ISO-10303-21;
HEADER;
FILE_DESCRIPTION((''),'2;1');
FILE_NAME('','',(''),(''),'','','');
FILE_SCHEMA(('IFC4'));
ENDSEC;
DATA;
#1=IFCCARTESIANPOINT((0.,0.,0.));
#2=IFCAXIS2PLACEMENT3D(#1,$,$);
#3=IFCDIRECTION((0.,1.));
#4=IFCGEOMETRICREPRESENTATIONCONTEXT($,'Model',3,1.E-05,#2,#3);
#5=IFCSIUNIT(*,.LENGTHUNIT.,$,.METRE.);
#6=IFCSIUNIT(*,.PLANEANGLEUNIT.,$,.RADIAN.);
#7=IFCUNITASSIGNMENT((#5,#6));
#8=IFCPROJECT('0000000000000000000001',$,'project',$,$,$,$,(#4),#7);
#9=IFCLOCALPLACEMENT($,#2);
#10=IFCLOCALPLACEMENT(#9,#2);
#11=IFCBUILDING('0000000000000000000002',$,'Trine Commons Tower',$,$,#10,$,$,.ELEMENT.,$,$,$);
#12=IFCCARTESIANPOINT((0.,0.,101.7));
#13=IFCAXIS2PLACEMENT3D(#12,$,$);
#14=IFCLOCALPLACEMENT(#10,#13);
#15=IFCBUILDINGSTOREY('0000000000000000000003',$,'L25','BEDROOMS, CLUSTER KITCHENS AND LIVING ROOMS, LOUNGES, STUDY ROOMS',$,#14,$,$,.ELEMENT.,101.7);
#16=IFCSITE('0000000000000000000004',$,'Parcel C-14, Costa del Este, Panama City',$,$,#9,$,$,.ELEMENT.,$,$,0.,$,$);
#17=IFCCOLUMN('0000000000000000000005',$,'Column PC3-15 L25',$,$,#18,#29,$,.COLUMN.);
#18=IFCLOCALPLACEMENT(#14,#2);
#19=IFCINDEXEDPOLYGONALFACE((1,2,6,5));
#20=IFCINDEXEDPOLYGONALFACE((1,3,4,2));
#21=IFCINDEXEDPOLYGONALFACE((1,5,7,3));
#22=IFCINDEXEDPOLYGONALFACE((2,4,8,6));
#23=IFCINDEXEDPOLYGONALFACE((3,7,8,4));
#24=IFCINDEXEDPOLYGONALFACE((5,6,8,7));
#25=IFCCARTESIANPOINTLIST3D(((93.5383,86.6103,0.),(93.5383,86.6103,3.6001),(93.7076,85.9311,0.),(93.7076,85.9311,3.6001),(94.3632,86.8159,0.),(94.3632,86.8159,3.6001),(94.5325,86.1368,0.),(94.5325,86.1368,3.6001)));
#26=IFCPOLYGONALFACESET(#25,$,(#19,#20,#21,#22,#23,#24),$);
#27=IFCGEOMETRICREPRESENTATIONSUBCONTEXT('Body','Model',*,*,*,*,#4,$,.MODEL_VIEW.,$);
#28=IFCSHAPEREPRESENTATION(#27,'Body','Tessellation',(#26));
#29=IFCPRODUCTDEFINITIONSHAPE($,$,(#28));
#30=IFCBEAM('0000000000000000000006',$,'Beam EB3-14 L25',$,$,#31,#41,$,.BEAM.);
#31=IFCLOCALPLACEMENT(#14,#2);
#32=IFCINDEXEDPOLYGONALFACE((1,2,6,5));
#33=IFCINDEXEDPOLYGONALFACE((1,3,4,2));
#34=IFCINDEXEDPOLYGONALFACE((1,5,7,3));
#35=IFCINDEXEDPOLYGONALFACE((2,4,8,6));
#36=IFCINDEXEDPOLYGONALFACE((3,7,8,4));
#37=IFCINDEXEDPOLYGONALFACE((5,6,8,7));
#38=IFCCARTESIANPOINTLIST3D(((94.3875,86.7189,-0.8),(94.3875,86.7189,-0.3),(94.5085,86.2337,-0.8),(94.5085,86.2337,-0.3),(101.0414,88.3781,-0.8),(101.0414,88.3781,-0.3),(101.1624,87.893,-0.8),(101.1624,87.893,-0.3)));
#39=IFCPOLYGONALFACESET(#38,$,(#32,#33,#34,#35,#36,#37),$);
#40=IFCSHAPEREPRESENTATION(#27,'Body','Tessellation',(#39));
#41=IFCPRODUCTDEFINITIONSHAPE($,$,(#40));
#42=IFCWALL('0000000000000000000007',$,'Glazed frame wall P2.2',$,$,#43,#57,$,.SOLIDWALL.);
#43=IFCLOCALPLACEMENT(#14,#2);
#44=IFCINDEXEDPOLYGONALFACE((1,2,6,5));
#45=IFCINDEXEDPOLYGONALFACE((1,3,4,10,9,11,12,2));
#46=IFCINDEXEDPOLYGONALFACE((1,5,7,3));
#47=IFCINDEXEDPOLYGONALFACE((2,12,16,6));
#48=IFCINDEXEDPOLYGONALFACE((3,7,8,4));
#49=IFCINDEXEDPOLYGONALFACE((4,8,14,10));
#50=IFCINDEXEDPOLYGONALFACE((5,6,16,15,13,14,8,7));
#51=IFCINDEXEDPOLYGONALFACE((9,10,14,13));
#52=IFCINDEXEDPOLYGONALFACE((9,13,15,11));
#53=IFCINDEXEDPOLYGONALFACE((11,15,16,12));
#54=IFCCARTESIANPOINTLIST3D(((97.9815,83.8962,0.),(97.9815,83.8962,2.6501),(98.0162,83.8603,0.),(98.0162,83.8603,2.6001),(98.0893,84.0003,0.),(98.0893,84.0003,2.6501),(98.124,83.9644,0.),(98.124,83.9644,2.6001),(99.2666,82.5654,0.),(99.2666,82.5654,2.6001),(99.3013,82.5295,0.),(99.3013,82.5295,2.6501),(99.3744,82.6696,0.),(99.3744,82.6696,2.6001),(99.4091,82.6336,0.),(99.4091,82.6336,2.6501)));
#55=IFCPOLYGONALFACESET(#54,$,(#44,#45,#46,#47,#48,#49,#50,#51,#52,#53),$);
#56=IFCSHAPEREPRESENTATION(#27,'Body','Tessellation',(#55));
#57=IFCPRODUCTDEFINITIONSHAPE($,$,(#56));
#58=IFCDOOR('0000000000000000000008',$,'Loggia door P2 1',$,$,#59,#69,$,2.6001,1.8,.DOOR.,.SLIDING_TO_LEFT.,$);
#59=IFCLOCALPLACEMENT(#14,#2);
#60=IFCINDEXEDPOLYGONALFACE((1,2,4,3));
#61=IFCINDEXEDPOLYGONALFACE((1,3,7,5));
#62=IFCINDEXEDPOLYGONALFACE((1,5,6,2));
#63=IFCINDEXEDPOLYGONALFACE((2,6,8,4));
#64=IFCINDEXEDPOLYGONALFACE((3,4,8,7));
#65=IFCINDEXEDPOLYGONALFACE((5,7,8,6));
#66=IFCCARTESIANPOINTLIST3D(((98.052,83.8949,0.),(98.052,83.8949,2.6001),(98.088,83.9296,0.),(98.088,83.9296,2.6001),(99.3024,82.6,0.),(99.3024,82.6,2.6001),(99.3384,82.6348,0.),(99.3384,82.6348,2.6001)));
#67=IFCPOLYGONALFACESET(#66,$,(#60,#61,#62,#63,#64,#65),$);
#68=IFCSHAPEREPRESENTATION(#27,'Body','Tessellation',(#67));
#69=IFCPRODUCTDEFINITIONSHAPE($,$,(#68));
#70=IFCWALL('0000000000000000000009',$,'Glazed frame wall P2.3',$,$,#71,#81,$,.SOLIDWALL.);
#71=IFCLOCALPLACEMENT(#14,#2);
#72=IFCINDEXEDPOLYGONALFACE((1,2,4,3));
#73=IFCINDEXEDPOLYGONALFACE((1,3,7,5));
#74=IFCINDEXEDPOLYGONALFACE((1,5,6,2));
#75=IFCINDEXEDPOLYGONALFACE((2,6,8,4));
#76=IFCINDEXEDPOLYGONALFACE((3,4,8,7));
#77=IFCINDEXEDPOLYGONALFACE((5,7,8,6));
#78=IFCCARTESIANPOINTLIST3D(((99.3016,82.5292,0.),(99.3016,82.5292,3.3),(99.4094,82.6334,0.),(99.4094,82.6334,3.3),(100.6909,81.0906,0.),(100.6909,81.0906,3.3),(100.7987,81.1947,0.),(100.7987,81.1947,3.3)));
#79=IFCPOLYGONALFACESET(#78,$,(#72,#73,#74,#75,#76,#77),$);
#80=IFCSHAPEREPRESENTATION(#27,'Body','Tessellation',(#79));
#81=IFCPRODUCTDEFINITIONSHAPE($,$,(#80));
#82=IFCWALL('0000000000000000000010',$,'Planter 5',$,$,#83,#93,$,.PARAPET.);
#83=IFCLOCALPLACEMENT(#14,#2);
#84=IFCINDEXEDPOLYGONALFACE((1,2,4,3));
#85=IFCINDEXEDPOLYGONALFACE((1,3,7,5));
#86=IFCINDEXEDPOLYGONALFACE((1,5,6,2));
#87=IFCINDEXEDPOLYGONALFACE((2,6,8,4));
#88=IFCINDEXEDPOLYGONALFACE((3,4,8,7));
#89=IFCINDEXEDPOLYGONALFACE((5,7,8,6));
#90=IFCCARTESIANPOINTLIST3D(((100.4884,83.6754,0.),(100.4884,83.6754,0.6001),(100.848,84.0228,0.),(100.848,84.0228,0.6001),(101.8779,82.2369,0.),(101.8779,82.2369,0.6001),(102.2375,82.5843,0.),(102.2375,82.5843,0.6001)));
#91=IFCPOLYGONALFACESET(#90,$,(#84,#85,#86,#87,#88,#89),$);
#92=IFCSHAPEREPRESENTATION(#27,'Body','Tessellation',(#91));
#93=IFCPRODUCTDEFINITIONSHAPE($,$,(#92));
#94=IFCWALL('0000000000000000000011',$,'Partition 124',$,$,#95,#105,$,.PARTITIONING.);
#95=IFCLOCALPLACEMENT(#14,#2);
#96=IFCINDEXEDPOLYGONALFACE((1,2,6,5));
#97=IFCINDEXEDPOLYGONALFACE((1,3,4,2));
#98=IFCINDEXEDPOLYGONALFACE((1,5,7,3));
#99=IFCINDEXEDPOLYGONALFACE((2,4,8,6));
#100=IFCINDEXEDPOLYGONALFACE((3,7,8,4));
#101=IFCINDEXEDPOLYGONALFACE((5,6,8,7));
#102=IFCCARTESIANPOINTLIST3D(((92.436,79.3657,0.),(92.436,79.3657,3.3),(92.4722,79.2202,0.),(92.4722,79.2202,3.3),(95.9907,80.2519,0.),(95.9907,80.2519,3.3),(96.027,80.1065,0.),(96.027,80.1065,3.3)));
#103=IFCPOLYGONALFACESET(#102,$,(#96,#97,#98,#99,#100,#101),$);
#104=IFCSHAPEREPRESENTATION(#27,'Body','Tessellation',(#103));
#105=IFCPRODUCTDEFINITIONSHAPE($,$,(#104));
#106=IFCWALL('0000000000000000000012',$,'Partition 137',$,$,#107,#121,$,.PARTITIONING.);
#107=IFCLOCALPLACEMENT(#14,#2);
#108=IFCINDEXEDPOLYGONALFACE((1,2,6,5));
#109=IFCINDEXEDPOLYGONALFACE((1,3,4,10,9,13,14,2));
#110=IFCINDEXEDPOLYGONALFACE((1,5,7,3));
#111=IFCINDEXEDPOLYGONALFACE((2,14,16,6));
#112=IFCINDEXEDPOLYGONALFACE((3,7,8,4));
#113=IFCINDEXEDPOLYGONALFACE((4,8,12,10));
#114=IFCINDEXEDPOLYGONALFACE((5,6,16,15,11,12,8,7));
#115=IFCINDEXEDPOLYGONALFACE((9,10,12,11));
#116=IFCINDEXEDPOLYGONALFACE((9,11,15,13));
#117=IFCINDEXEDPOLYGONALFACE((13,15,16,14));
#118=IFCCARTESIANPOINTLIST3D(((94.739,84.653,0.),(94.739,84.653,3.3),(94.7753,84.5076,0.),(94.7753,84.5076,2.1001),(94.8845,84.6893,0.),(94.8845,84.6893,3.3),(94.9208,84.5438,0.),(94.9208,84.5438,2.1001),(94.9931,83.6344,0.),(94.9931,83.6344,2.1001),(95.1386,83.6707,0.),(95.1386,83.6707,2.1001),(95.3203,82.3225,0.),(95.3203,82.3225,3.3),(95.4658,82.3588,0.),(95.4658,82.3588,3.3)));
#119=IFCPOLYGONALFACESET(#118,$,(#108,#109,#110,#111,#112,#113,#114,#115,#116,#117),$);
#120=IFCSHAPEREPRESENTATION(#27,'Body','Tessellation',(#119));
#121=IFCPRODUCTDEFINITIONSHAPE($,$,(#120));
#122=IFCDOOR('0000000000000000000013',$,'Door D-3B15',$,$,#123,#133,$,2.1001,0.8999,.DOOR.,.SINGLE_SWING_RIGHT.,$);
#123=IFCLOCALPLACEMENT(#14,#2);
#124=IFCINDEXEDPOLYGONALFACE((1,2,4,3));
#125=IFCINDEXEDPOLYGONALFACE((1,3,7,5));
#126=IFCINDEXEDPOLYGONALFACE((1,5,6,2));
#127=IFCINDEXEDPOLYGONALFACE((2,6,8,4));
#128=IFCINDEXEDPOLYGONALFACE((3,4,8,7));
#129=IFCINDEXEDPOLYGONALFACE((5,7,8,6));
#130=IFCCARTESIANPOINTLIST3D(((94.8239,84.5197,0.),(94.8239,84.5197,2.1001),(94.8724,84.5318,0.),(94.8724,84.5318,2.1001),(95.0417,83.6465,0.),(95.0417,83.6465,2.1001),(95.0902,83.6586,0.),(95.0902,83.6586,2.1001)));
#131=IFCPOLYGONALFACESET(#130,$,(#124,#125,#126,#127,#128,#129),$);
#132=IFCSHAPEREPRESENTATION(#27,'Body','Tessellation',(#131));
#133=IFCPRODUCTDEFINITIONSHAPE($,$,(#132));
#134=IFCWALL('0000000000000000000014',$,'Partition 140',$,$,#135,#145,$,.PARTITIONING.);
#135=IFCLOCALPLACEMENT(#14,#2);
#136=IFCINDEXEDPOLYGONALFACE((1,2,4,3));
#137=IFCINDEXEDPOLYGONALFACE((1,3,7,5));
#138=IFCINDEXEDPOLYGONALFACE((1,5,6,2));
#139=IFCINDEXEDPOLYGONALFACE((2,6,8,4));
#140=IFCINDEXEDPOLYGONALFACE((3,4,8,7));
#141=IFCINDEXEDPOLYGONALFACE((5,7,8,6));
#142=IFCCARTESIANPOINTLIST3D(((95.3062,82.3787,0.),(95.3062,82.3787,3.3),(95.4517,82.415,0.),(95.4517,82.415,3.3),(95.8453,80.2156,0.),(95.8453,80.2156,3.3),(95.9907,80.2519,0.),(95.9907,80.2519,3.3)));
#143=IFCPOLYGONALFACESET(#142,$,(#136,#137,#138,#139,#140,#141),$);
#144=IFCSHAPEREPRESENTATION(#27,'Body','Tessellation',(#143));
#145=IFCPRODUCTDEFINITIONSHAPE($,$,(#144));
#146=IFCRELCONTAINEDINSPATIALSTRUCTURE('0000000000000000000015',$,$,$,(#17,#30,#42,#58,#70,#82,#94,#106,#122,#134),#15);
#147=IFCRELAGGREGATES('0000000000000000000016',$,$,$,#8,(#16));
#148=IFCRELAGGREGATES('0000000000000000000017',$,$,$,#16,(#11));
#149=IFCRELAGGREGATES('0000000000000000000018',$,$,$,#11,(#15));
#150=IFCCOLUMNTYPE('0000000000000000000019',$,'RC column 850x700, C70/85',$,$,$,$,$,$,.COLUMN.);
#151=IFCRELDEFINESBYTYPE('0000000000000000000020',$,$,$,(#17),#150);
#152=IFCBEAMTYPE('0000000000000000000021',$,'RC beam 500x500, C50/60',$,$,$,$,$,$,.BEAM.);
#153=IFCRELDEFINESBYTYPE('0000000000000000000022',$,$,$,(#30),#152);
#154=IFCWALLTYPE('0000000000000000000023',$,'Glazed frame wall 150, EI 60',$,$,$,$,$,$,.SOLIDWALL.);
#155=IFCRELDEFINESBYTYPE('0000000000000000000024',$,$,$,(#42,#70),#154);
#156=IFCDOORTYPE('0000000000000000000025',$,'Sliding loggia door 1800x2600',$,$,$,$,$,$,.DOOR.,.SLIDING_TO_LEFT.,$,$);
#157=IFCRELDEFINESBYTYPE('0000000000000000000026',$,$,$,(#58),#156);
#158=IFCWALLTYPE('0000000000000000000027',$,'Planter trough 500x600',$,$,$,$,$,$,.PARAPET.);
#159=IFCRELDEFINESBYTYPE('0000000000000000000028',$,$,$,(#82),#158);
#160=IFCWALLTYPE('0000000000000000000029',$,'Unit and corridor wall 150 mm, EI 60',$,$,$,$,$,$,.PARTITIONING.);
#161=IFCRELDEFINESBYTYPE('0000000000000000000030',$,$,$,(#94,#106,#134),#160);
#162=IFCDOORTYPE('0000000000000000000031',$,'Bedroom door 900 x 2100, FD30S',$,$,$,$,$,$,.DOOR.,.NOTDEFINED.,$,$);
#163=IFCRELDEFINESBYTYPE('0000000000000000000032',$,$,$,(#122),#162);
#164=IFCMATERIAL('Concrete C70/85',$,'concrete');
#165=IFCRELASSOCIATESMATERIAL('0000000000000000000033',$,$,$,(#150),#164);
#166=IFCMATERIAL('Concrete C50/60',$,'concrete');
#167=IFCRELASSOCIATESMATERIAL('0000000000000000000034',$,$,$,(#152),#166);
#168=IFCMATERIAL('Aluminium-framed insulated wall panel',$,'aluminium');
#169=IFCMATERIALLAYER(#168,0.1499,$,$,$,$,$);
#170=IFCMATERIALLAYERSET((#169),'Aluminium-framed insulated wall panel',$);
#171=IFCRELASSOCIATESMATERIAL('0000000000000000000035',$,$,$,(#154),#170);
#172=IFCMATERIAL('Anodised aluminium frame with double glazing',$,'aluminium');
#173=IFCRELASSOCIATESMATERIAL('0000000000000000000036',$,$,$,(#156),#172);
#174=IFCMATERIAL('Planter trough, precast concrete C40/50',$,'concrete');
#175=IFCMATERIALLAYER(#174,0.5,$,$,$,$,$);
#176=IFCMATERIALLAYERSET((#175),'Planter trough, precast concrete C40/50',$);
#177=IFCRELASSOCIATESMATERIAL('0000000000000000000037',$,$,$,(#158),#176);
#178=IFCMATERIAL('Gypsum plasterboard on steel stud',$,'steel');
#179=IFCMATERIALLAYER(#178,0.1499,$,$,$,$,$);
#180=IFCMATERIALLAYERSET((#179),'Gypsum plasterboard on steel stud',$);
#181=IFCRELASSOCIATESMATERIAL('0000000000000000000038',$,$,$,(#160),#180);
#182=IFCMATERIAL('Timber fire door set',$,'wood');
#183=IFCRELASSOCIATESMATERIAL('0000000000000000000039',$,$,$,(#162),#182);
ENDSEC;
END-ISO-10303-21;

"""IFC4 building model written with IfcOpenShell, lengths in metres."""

from ifc_helpers import new_model, si_unit, direction, frame, frame_2d, origin, origin_2d, place, context, subcontext, project, spatial, polyline, rectangle, outline, extrude, material, layer, layer_set, material_profile, profile_set, type_object, element, fill, save


model = new_model("IFC4")

# Units and contexts
model_context = context("Model", 3, precision=1e-05, world=origin(), true_north=direction((0.0, 1.0)))
body_context = subcontext(model_context, "Body", "Model", "MODEL_VIEW")
ifc_project = project(units=[si_unit("LENGTHUNIT", "METRE"), si_unit("PLANEANGLEUNIT", "RADIAN")], contexts=[model_context])

# Site, building, storey
site_placement = place(None, origin())
site = spatial("IfcSite", under=ifc_project, at=site_placement, Name="Parcel C-14, Costa del Este, Panama City", CompositionType="ELEMENT", RefElevation=0.0)
building_placement = place(site_placement, origin())
building = spatial("IfcBuilding", under=site, at=building_placement, Name="Trine Commons Tower", CompositionType="ELEMENT")
storey_placement = place(building_placement, frame((0.0, 0.0, 101.7)))
storey = spatial("IfcBuildingStorey", under=building, at=storey_placement, Name="L25", Description="BEDROOMS, CLUSTER KITCHENS AND LIVING ROOMS, LOUNGES, STUDY ROOMS", CompositionType="ELEMENT", Elevation=101.7)

# Column
ifc_material_1 = material(Name="Concrete C70/85", Category="concrete")
ifc_material_profile_1 = material_profile(ifc_material_1, rectangle(XDim=0.8501, YDim=0.7, at=origin_2d()), Name="RC 850x700")
ifc_profile_set_1 = profile_set([ifc_material_profile_1], Name="Concrete C70/85")
column_type = type_object("IfcColumnType", Name="RC column 850x700, C70/85", PredefinedType="COLUMN", material=ifc_profile_set_1)
column_placement = place(storey_placement, frame((94.0354, 86.3735, 0.0), z_axis=(0.0, 0.0, 1.0), x_axis=(0.970296, 0.241922, 0.0)))
element("IfcColumn", 1, at=column_placement, inside=storey, type_object=column_type, Name="Column PC3-15 L25", PredefinedType="COLUMN", context=body_context, shape_type="SweptSolid", body=[
    extrude(rectangle(XDim=0.8501, YDim=0.7, at=origin_2d()), origin(), (0.0, 0.0, 1.0), 3.6001),
])

# Beam
ifc_material_2 = material(Name="Concrete C50/60", Category="concrete")
ifc_material_profile_2 = material_profile(ifc_material_2, rectangle(XDim=0.5, YDim=0.5, at=origin_2d()), Name="RC 500x500")
ifc_profile_set_2 = profile_set([ifc_material_profile_2], Name="Concrete C50/60")
beam_type = type_object("IfcBeamType", Name="RC beam 500x500, C50/60", PredefinedType="BEAM", material=ifc_profile_set_2)
beam_placement = place(storey_placement, frame((94.448, 86.4763, -0.55), z_axis=(0.970289, 0.241949, 0.0), x_axis=(-0.241949, 0.970289, 0.0)))
element("IfcBeam", 2, at=beam_placement, inside=storey, type_object=beam_type, Name="Beam EB3-14 L25", PredefinedType="BEAM", context=body_context, shape_type="SweptSolid", body=[
    extrude(rectangle(XDim=0.5, YDim=0.5, at=origin_2d()), origin(), (0.0, 0.0, 1.0), 6.8577),
])

# Shared definitions
ifc_material_3 = material(Name="Aluminium-framed insulated wall panel", Category="aluminium")
ifc_layer_1 = layer(ifc_material_3, 0.1499)
ifc_layer_set_1 = layer_set([ifc_layer_1], Name="Aluminium-framed insulated wall panel")
wall_type_1 = type_object("IfcWallType", Name="Glazed frame wall 150, EI 60", PredefinedType="SOLIDWALL", material=ifc_layer_set_1)

# Wall, opening, door
wall_1_placement = place(storey_placement, frame((98.0354, 83.9482, 0.0), z_axis=(0.0, 0.0, 1.0), x_axis=(0.694666, -0.719333, 0.0)))
wall_1 = element("IfcWall", 3, at=wall_1_placement, inside=storey, type_object=wall_type_1, Name="Glazed frame wall P2.2", PredefinedType="SOLIDWALL", context=body_context, shape_type="SweptSolid", body=[
    extrude(outline(polyline([(0.0, -0.075), (1.8999, -0.075), (1.8999, 0.075), (0.0, 0.075), (0.0, -0.075)])), origin(), (0.0, 0.0, 1.0), 2.6501),
])
opening_1_placement = place(wall_1_placement, frame((0.05, 0.0, 0.0)))
opening_1 = element("IfcOpeningElement", 4, at=opening_1_placement, cuts=wall_1, PredefinedType="OPENING", context=body_context, shape_type="SweptSolid", body=[
    extrude(rectangle(XDim=1.8, YDim=2.6001, at=frame_2d((0.8999, 1.3))), frame((0.0, 0.085, 0.0), z_axis=(0.0, -1.0, 0.0), x_axis=(1.0, 0.0, 0.0)), (0.0, 0.0, 1.0), 0.1699),
])
ifc_material_4 = material(Name="Anodised aluminium frame with double glazing", Category="aluminium")
door_type_1 = type_object("IfcDoorType", Name="Sliding loggia door 1800x2600", OperationType="SLIDING_TO_LEFT", PredefinedType="DOOR", material=ifc_material_4)
door_1_placement = place(opening_1_placement, origin())
door_1 = element("IfcDoor", 5, at=door_1_placement, inside=storey, type_object=door_type_1, Name="Loggia door P2 1", OperationType="SLIDING_TO_LEFT", OverallHeight=2.6001, OverallWidth=1.8, PredefinedType="DOOR", context=body_context, shape_type="SweptSolid", body=[
    extrude(rectangle(XDim=1.8, YDim=2.6001, at=frame_2d((0.8999, 1.3))), frame((0.0, 0.0249, 0.0), z_axis=(0.0, -1.0, 0.0), x_axis=(1.0, 0.0, 0.0)), (0.0, 0.0, 1.0), 0.05),
])
fill(opening_1, door_1)

# Walls
wall_2_placement = place(storey_placement, frame((99.3555, 82.5813, 0.0), z_axis=(0.0, 0.0, 1.0), x_axis=(0.694669, -0.71933, 0.0)))
element("IfcWall", 6, at=wall_2_placement, inside=storey, type_object=wall_type_1, Name="Glazed frame wall P2.3", PredefinedType="SOLIDWALL", context=body_context, shape_type="SweptSolid", body=[
    extrude(outline(polyline([(0.0, -0.075), (2.0, -0.075), (2.0, 0.075), (0.0, 0.075), (0.0, -0.075)])), origin(), (0.0, 0.0, 1.0), 3.3),
])
ifc_material_5 = material(Name="Planter trough, precast concrete C40/50", Category="concrete")
ifc_layer_2 = layer(ifc_material_5, 0.5)
ifc_layer_set_2 = layer_set([ifc_layer_2], Name="Planter trough, precast concrete C40/50")
wall_type_2 = type_object("IfcWallType", Name="Planter trough 500x600", PredefinedType="PARAPET", material=ifc_layer_set_2)
wall_3_placement = place(storey_placement, frame((100.6682, 83.8491, 0.0), z_axis=(0.0, 0.0, 1.0), x_axis=(0.694732, -0.719269, 0.0)))
element("IfcWall", 7, at=wall_3_placement, inside=storey, type_object=wall_type_2, Name="Planter 5", PredefinedType="PARAPET", context=body_context, shape_type="SweptSolid", body=[
    extrude(rectangle(XDim=2.0, YDim=0.5, at=frame_2d((1.0, 0.0))), origin(), (0.0, 0.0, 1.0), 0.6001),
])
ifc_material_6 = material(Name="Gypsum plasterboard on steel stud", Category="steel")
ifc_layer_3 = layer(ifc_material_6, 0.1499)
ifc_layer_set_3 = layer_set([ifc_layer_3], Name="Gypsum plasterboard on steel stud")
wall_type_3 = type_object("IfcWallType", Name="Unit and corridor wall 150 mm, EI 60", PredefinedType="PARTITIONING", material=ifc_layer_set_3)
wall_4_placement = place(storey_placement, frame((92.4541, 79.293, 0.0), z_axis=(0.0, 0.0, 1.0), x_axis=(0.970299, 0.241908, 0.0)))
element("IfcWall", 8, at=wall_4_placement, inside=storey, type_object=wall_type_3, Name="Partition 124", PredefinedType="PARTITIONING", context=body_context, shape_type="SweptSolid", body=[
    extrude(rectangle(XDim=3.6636, YDim=0.1499, at=frame_2d((1.8318, 0.0))), origin(), (0.0, 0.0, 1.0), 3.3),
])

# Wall, opening, door
wall_5_placement = place(storey_placement, frame((94.8118, 84.6711, 0.0), z_axis=(0.0, 0.0, 1.0), x_axis=(0.242009, -0.970274, 0.0)))
wall_5 = element("IfcWall", 9, at=wall_5_placement, inside=storey, type_object=wall_type_3, Name="Partition 137", PredefinedType="PARTITIONING", context=body_context, shape_type="SweptSolid", body=[
    extrude(rectangle(XDim=2.4019, YDim=0.1499, at=frame_2d((1.2009, 0.0))), origin(), (0.0, 0.0, 1.0), 3.3),
])
opening_2_placement = place(wall_5_placement, frame((0.1499, 0.0, 0.0)))
opening_2 = element("IfcOpeningElement", 10, at=opening_2_placement, cuts=wall_5, PredefinedType="OPENING", context=body_context, shape_type="SweptSolid", body=[
    extrude(rectangle(XDim=0.8999, YDim=2.1001, at=frame_2d((0.45, 1.05))), frame((0.0, 0.085, 0.0), z_axis=(0.0, -1.0, 0.0), x_axis=(1.0, 0.0, 0.0)), (0.0, 0.0, 1.0), 0.1699),
])
ifc_material_7 = material(Name="Timber fire door set", Category="wood")
door_type_2 = type_object("IfcDoorType", Name="Bedroom door 900 x 2100, FD30S", OperationType="NOTDEFINED", PredefinedType="DOOR", material=ifc_material_7)
door_2_placement = place(opening_2_placement, frame((0.8999, 0.0, 0.0), z_axis=(0.0, 0.0, 1.0), x_axis=(-1.0, 0.0, 0.0)))
door_2 = element("IfcDoor", 11, at=door_2_placement, inside=storey, type_object=door_type_2, Name="Door D-3B15", OperationType="SINGLE_SWING_RIGHT", OverallHeight=2.1001, OverallWidth=0.8999, PredefinedType="DOOR", context=body_context, shape_type="SweptSolid", body=[
    extrude(rectangle(XDim=0.8999, YDim=2.1001, at=frame_2d((0.45, 1.05))), frame((0.0, 0.0249, 0.0), z_axis=(0.0, -1.0, 0.0), x_axis=(1.0, 0.0, 0.0)), (0.0, 0.0, 1.0), 0.05),
])
fill(opening_2, door_2)

# Wall
wall_6_placement = place(storey_placement, frame((95.3789, 82.397, 0.0), z_axis=(0.0, 0.0, 1.0), x_axis=(0.241814, -0.970323, 0.0)))
element("IfcWall", 12, at=wall_6_placement, inside=storey, type_object=wall_type_3, Name="Partition 140", PredefinedType="PARTITIONING", context=body_context, shape_type="SweptSolid", body=[
    extrude(rectangle(XDim=2.2292, YDim=0.1499, at=frame_2d((1.1147, 0.0))), origin(), (0.0, 0.0, 1.0), 3.3),
])

save(model, "model.ifc")
